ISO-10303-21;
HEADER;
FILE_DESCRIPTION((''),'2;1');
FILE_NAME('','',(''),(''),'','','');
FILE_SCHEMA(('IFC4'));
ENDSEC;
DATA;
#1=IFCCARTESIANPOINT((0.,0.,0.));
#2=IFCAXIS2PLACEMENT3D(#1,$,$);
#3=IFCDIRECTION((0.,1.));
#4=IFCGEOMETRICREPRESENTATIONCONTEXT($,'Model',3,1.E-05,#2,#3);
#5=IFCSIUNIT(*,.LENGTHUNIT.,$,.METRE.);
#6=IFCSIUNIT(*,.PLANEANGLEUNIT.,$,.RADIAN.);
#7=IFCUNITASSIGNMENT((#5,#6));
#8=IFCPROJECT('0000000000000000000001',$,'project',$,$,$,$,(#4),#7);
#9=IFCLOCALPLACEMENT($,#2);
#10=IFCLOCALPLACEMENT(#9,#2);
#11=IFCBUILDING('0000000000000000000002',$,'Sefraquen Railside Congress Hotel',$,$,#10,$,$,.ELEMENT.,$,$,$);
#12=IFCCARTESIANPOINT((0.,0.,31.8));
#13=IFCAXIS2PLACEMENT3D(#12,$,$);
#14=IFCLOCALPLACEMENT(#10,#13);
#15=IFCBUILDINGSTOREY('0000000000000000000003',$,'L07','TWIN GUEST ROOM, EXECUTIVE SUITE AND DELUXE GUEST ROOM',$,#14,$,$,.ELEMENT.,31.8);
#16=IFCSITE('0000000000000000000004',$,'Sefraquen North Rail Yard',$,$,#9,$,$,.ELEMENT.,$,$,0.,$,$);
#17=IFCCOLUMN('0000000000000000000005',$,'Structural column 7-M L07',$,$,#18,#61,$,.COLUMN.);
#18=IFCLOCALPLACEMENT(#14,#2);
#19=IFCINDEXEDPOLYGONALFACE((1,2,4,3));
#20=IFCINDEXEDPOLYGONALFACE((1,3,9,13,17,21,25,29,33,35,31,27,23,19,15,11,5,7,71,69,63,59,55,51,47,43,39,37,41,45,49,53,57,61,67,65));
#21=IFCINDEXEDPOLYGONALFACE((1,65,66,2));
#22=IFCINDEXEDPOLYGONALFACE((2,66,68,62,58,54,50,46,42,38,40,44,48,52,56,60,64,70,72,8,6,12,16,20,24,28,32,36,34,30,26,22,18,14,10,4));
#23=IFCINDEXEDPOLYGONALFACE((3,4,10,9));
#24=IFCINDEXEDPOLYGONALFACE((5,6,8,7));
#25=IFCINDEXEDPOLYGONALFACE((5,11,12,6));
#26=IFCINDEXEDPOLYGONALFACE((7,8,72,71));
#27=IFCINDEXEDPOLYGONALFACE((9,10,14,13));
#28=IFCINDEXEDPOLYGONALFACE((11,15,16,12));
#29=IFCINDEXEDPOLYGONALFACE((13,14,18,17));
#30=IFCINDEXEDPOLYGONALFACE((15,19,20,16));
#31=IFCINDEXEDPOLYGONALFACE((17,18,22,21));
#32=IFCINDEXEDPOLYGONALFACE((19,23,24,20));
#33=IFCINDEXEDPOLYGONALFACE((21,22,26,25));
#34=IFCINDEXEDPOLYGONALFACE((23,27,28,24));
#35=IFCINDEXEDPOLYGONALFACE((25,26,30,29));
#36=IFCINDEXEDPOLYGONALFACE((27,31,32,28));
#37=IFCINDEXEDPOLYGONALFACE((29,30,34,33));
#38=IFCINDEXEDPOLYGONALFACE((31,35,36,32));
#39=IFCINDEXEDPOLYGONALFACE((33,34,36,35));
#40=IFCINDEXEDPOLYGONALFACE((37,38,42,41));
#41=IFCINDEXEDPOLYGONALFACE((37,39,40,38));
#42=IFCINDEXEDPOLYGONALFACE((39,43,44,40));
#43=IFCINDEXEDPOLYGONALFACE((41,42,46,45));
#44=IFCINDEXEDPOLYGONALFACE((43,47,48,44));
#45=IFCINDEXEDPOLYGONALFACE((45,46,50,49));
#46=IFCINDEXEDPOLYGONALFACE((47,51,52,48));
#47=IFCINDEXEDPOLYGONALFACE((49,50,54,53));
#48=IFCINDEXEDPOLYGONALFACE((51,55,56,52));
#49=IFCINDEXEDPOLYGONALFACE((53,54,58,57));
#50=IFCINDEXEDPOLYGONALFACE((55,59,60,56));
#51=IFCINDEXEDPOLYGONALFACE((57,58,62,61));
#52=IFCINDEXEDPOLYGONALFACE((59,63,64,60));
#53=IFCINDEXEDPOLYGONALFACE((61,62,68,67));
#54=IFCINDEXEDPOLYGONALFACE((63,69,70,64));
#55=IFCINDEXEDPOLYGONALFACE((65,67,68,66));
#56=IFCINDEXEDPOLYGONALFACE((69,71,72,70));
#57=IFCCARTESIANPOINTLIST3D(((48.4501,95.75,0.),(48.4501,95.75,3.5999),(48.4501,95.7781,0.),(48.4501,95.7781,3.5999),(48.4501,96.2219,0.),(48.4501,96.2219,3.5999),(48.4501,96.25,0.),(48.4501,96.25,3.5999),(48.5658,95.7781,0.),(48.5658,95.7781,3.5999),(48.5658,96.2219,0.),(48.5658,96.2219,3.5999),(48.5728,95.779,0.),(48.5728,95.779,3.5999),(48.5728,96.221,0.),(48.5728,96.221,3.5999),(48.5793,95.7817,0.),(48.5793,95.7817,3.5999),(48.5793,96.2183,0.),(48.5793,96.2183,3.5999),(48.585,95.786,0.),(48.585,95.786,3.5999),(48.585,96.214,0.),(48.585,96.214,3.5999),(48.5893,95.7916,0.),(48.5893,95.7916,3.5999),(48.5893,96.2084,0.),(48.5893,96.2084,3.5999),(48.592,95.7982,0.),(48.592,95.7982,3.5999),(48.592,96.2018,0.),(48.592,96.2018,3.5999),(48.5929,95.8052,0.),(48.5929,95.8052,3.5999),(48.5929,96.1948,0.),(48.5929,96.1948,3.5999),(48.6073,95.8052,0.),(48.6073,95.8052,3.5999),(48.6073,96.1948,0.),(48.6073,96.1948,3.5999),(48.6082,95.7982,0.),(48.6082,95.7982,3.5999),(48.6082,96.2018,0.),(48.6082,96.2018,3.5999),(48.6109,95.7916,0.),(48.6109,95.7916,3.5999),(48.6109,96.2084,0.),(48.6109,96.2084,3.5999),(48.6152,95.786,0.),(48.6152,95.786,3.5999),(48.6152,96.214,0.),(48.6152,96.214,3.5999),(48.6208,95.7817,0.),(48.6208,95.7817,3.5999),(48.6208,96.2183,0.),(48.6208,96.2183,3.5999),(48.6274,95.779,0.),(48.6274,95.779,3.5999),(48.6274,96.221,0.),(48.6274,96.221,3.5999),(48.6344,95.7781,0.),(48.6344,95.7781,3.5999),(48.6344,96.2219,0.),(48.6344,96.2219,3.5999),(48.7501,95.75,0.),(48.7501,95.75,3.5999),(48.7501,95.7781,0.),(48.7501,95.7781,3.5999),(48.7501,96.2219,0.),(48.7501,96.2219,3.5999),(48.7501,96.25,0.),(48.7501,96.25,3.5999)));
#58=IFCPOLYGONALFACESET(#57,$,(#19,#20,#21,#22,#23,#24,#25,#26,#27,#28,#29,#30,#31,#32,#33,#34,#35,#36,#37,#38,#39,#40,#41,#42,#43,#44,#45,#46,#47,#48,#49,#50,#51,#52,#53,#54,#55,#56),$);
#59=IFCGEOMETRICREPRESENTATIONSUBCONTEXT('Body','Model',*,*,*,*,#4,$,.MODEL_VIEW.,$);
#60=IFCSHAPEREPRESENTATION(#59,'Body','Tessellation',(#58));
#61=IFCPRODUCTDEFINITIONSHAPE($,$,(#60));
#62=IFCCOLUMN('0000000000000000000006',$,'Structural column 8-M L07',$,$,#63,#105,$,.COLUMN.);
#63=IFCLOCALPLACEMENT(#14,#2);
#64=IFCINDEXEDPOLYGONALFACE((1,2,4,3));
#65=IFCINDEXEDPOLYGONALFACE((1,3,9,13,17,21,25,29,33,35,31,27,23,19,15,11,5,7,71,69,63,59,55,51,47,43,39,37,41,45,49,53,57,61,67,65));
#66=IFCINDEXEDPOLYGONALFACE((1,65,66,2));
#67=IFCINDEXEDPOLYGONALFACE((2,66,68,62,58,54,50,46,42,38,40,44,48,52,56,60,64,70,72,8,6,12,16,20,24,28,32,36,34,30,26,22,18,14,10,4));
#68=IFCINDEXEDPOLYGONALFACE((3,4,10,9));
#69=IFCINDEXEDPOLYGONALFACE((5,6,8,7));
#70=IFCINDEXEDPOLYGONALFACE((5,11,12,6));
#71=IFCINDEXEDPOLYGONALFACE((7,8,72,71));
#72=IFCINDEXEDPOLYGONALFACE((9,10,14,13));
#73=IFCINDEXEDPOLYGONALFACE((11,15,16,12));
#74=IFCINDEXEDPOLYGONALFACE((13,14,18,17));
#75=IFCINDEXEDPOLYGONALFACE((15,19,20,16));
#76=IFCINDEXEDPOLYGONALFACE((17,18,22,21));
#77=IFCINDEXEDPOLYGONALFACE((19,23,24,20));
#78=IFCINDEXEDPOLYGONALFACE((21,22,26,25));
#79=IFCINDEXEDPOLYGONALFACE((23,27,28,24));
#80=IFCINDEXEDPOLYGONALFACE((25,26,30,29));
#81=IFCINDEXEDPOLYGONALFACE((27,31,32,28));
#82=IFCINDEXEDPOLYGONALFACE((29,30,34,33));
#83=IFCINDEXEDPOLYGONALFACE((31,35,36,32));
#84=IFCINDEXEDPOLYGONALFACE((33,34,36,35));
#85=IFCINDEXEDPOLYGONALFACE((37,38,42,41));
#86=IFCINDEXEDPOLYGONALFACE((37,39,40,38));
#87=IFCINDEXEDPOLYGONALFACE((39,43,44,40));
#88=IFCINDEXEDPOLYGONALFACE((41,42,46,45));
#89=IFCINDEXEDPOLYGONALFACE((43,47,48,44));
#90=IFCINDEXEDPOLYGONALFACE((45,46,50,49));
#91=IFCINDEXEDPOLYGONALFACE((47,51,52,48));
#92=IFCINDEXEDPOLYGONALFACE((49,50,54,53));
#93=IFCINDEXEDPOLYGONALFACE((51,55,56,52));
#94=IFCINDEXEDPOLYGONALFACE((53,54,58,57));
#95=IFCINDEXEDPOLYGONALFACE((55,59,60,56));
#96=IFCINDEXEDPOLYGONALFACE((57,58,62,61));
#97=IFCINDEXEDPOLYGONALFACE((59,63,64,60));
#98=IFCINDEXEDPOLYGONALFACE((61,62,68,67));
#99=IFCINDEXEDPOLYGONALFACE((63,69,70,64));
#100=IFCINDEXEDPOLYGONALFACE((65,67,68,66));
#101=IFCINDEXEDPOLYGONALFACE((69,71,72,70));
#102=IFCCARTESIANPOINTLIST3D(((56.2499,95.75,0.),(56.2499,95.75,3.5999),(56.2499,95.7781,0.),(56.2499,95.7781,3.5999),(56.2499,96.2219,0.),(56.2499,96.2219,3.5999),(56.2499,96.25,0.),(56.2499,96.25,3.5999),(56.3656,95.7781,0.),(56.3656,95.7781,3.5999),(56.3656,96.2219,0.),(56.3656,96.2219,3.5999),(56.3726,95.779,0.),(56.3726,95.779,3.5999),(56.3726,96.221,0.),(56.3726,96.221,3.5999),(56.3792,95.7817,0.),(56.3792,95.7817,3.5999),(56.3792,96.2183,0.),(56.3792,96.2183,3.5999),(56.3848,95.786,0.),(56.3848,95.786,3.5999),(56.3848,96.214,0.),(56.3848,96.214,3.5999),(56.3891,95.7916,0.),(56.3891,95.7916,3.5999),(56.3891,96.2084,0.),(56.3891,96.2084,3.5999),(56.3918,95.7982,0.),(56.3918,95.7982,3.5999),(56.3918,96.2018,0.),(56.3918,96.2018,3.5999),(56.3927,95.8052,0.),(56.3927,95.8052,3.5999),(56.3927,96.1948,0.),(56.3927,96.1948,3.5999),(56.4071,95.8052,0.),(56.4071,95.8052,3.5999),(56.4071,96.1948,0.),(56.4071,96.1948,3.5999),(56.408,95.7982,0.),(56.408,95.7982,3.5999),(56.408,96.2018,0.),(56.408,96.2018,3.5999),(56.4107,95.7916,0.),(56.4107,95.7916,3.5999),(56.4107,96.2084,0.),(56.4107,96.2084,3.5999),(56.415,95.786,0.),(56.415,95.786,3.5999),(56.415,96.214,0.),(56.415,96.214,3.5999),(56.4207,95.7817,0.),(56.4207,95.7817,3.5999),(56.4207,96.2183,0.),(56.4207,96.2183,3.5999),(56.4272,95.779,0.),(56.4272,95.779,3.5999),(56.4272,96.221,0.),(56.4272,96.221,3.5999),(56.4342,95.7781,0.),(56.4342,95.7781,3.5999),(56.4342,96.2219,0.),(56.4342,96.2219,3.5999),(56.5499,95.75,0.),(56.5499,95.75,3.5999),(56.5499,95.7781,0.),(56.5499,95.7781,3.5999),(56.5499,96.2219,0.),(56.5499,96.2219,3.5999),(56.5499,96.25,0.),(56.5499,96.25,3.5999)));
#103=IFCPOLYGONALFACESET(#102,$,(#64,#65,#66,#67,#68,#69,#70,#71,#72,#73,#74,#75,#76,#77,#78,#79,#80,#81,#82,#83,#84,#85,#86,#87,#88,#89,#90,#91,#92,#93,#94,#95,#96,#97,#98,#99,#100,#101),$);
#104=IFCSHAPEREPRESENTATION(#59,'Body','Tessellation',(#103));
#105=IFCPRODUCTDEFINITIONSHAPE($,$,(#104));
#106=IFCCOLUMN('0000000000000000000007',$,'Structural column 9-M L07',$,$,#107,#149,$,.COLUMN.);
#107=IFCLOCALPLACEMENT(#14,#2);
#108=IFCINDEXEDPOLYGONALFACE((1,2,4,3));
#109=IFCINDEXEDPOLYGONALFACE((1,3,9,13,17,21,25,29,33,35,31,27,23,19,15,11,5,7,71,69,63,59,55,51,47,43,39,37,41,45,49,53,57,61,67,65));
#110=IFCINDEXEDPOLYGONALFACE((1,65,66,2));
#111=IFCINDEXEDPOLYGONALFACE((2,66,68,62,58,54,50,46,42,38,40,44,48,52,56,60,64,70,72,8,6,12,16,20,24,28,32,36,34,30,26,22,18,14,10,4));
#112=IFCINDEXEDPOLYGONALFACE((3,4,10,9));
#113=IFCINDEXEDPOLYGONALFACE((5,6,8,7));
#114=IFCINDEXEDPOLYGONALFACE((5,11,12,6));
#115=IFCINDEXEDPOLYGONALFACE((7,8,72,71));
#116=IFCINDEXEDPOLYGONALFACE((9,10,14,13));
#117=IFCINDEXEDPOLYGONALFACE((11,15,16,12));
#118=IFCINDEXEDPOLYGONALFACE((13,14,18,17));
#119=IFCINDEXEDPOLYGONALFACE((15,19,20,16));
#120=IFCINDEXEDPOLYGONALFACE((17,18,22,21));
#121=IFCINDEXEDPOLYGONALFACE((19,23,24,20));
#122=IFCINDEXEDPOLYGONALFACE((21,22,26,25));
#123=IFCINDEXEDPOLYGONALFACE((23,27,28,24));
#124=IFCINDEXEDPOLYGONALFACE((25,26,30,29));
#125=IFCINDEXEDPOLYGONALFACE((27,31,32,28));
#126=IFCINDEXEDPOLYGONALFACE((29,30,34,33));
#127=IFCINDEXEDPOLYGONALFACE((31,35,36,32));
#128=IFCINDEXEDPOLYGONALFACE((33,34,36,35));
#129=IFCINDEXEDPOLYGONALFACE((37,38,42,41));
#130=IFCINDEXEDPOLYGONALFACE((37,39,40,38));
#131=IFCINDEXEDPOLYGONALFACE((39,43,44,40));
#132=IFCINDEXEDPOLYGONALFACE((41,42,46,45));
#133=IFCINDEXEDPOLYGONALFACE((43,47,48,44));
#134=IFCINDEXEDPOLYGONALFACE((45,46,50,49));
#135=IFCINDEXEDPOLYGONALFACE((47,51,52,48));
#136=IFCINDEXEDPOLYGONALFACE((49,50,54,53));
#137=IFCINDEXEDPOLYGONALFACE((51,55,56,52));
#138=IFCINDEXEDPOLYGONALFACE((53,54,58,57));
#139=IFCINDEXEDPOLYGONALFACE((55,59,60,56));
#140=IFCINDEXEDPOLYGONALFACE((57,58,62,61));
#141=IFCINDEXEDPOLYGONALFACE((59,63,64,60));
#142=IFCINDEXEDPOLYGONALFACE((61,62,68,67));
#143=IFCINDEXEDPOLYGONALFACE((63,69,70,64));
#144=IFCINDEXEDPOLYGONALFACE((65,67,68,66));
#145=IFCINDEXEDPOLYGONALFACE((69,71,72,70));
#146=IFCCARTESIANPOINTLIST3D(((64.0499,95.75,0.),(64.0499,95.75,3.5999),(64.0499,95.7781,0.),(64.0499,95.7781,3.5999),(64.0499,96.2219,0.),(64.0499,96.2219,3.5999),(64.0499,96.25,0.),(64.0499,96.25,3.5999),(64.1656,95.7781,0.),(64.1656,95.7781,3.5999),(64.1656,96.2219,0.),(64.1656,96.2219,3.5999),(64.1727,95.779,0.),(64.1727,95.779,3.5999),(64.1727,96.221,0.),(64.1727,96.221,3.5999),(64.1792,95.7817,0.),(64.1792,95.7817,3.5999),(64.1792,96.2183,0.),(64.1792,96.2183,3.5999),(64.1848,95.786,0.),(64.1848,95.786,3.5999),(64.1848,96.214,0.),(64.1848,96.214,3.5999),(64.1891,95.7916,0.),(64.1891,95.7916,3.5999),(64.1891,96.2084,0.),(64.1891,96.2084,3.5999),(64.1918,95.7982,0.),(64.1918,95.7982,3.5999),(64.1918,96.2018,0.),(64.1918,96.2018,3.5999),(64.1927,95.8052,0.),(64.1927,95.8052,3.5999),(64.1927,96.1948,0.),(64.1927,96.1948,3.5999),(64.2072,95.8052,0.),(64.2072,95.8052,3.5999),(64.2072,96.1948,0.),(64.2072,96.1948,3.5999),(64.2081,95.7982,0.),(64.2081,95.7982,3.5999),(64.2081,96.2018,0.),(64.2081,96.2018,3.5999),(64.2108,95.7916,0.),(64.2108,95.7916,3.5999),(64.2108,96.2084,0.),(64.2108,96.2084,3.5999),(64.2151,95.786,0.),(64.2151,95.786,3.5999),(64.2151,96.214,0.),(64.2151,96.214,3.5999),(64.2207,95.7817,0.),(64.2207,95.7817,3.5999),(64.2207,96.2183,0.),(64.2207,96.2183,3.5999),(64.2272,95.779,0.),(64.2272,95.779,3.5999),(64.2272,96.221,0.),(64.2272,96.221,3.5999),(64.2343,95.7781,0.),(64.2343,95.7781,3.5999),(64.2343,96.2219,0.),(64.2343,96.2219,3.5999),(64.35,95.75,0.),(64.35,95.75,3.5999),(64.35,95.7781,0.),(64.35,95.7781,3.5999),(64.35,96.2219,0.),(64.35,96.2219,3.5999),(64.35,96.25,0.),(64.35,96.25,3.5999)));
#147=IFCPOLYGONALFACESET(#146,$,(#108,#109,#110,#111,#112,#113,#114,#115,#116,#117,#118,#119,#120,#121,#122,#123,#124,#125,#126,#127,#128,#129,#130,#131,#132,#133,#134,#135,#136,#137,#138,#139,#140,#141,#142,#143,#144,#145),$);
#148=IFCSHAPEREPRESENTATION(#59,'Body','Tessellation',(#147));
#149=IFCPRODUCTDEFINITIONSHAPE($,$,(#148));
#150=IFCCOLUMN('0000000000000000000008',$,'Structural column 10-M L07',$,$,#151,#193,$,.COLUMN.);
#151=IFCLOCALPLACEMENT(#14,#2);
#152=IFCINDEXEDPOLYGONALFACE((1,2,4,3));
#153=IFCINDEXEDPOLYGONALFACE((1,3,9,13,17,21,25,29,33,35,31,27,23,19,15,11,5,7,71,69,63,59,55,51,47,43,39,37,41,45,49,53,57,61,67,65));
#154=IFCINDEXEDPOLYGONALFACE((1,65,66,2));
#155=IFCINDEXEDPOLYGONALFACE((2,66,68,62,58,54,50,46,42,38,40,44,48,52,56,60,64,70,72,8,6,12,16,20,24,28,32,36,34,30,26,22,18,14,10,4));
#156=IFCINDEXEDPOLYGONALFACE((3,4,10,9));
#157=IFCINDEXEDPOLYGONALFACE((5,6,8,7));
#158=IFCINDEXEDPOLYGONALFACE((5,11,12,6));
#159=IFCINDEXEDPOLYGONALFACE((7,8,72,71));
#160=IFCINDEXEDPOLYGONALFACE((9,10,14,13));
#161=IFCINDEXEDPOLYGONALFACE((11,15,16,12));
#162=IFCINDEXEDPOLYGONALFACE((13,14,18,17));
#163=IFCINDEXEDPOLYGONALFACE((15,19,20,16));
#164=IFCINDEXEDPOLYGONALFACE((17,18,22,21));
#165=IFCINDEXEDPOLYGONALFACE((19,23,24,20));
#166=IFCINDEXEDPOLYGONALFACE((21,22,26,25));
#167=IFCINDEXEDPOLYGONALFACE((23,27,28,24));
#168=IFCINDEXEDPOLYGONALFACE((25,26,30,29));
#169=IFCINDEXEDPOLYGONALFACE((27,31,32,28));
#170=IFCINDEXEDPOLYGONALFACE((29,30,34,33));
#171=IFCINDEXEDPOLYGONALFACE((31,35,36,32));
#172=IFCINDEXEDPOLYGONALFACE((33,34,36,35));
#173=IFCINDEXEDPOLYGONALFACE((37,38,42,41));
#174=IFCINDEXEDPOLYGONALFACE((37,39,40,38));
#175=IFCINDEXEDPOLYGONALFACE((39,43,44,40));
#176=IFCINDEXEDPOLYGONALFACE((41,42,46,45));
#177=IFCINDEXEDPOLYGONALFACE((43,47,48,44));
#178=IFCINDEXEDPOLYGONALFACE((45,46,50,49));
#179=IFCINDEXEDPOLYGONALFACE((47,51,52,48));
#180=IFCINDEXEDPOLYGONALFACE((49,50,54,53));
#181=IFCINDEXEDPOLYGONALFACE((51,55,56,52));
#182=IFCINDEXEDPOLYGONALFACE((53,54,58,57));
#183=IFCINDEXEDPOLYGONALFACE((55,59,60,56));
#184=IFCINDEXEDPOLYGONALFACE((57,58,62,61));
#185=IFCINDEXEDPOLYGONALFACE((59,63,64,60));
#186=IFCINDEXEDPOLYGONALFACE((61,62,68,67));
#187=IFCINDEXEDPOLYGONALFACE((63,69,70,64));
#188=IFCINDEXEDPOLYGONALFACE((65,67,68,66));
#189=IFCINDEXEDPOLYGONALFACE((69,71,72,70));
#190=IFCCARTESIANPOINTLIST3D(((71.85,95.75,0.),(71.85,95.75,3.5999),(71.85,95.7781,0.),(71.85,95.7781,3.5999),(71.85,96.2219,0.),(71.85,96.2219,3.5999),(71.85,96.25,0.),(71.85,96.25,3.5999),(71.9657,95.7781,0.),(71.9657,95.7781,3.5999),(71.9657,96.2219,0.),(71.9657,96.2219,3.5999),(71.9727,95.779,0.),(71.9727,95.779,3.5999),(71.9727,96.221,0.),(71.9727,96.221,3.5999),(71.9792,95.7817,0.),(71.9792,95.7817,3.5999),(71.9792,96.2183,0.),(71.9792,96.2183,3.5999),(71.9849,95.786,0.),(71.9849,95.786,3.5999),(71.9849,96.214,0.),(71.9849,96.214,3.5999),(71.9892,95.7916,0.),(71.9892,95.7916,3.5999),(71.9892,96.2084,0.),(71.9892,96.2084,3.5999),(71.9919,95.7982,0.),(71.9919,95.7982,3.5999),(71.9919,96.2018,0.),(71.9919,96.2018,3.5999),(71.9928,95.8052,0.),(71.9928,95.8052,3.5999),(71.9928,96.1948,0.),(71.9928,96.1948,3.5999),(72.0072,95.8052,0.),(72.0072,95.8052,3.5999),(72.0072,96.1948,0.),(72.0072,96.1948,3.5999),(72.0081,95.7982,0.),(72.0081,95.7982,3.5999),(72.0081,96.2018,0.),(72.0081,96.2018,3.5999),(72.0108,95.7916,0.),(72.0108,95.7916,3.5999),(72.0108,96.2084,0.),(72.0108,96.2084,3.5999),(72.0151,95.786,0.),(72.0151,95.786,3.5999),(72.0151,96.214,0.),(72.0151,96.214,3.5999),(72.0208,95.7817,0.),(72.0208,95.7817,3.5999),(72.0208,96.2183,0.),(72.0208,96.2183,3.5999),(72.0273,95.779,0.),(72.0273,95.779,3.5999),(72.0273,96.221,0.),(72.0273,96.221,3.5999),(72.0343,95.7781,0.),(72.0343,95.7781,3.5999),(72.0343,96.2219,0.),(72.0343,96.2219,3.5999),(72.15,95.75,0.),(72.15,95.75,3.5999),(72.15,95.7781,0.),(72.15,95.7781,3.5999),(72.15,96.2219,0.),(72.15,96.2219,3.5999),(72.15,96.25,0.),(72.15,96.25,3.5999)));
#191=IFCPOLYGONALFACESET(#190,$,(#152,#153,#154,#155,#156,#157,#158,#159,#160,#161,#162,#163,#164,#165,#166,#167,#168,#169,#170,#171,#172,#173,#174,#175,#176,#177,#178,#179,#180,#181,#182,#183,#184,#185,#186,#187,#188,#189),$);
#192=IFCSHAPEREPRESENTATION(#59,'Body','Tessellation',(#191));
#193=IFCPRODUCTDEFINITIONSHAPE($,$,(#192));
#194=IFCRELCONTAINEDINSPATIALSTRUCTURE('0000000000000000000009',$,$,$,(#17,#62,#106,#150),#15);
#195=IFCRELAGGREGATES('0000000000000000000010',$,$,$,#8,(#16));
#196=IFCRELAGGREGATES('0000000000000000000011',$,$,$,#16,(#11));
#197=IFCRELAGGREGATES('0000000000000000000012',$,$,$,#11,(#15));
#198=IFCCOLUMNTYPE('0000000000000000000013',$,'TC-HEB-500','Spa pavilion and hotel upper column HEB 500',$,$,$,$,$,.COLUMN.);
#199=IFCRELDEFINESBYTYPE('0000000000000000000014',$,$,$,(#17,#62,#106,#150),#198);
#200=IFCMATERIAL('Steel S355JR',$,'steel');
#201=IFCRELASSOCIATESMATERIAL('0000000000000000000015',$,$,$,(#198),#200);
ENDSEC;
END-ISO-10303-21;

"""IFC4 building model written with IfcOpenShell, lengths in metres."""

from ifc_helpers import new_model, si_unit, direction, frame, origin, origin_2d, place, context, subcontext, project, spatial, i_section, extrude, material, material_profile, profile_set, type_object, element, save


model = new_model("IFC4")

# Units and contexts
model_context = context("Model", 3, precision=1e-05, world=origin(), true_north=direction((0.0, 1.0)))
body_context = subcontext(model_context, "Body", "Model", "MODEL_VIEW")
ifc_project = project(units=[si_unit("LENGTHUNIT", "METRE"), si_unit("PLANEANGLEUNIT", "RADIAN")], contexts=[model_context])

# Site, building, storey
site_placement = place(None, origin())
site = spatial("IfcSite", under=ifc_project, at=site_placement, Name="Sefraquen North Rail Yard", CompositionType="ELEMENT", RefElevation=0.0)
building_placement = place(site_placement, origin())
building = spatial("IfcBuilding", under=site, at=building_placement, Name="Sefraquen Railside Congress Hotel", CompositionType="ELEMENT")
storey_placement = place(building_placement, frame((0.0, 0.0, 31.8)))
storey = spatial("IfcBuildingStorey", under=building, at=storey_placement, Name="L07", Description="TWIN GUEST ROOM, EXECUTIVE SUITE AND DELUXE GUEST ROOM", CompositionType="ELEMENT", Elevation=31.8)

# Columns
ifc_material_1 = material(Name="Steel S355JR", Category="steel")
ifc_material_profile_1 = material_profile(ifc_material_1, i_section(OverallWidth=0.3, OverallDepth=0.5, WebThickness=0.0144, FlangeThickness=0.0281, FilletRadius=0.0271, at=origin_2d()), Name="HEB 500")
ifc_profile_set_1 = profile_set([ifc_material_profile_1], Name="Steel S355JR")
column_type = type_object("IfcColumnType", Name="TC-HEB-500", Description="Spa pavilion and hotel upper column HEB 500", PredefinedType="COLUMN", material=ifc_profile_set_1)
for number, where, z_axis, x_axis, name in (
    (1, (48.6001, 96.0, 0.0), (0.0, 0.0, 1.0), (1.0, 0.0, 0.0), "Structural column 7-M L07"),
    (2, (56.3999, 96.0, 0.0), (0.0, 0.0, 1.0), (1.0, 0.0, 0.0), "Structural column 8-M L07"),
    (3, (64.2, 96.0, 0.0), (0.0, 0.0, 1.0), (1.0, 0.0, 0.0), "Structural column 9-M L07"),
    (4, (72.0, 96.0, 0.0), (0.0, 0.0, 1.0), (1.0, 0.0, 0.0), "Structural column 10-M L07"),
):
    element("IfcColumn", number, at=place(storey_placement, frame(where, z_axis=z_axis, x_axis=x_axis)), inside=storey, type_object=column_type, Name=name, PredefinedType="COLUMN", context=body_context, shape_type="SweptSolid", body=[
        extrude(i_section(OverallWidth=0.3, OverallDepth=0.5, WebThickness=0.0144, FlangeThickness=0.0281, FilletRadius=0.0271, at=origin_2d()), origin(), (0.0, 0.0, 1.0), 3.5999),
    ])

save(model, "model.ifc")
